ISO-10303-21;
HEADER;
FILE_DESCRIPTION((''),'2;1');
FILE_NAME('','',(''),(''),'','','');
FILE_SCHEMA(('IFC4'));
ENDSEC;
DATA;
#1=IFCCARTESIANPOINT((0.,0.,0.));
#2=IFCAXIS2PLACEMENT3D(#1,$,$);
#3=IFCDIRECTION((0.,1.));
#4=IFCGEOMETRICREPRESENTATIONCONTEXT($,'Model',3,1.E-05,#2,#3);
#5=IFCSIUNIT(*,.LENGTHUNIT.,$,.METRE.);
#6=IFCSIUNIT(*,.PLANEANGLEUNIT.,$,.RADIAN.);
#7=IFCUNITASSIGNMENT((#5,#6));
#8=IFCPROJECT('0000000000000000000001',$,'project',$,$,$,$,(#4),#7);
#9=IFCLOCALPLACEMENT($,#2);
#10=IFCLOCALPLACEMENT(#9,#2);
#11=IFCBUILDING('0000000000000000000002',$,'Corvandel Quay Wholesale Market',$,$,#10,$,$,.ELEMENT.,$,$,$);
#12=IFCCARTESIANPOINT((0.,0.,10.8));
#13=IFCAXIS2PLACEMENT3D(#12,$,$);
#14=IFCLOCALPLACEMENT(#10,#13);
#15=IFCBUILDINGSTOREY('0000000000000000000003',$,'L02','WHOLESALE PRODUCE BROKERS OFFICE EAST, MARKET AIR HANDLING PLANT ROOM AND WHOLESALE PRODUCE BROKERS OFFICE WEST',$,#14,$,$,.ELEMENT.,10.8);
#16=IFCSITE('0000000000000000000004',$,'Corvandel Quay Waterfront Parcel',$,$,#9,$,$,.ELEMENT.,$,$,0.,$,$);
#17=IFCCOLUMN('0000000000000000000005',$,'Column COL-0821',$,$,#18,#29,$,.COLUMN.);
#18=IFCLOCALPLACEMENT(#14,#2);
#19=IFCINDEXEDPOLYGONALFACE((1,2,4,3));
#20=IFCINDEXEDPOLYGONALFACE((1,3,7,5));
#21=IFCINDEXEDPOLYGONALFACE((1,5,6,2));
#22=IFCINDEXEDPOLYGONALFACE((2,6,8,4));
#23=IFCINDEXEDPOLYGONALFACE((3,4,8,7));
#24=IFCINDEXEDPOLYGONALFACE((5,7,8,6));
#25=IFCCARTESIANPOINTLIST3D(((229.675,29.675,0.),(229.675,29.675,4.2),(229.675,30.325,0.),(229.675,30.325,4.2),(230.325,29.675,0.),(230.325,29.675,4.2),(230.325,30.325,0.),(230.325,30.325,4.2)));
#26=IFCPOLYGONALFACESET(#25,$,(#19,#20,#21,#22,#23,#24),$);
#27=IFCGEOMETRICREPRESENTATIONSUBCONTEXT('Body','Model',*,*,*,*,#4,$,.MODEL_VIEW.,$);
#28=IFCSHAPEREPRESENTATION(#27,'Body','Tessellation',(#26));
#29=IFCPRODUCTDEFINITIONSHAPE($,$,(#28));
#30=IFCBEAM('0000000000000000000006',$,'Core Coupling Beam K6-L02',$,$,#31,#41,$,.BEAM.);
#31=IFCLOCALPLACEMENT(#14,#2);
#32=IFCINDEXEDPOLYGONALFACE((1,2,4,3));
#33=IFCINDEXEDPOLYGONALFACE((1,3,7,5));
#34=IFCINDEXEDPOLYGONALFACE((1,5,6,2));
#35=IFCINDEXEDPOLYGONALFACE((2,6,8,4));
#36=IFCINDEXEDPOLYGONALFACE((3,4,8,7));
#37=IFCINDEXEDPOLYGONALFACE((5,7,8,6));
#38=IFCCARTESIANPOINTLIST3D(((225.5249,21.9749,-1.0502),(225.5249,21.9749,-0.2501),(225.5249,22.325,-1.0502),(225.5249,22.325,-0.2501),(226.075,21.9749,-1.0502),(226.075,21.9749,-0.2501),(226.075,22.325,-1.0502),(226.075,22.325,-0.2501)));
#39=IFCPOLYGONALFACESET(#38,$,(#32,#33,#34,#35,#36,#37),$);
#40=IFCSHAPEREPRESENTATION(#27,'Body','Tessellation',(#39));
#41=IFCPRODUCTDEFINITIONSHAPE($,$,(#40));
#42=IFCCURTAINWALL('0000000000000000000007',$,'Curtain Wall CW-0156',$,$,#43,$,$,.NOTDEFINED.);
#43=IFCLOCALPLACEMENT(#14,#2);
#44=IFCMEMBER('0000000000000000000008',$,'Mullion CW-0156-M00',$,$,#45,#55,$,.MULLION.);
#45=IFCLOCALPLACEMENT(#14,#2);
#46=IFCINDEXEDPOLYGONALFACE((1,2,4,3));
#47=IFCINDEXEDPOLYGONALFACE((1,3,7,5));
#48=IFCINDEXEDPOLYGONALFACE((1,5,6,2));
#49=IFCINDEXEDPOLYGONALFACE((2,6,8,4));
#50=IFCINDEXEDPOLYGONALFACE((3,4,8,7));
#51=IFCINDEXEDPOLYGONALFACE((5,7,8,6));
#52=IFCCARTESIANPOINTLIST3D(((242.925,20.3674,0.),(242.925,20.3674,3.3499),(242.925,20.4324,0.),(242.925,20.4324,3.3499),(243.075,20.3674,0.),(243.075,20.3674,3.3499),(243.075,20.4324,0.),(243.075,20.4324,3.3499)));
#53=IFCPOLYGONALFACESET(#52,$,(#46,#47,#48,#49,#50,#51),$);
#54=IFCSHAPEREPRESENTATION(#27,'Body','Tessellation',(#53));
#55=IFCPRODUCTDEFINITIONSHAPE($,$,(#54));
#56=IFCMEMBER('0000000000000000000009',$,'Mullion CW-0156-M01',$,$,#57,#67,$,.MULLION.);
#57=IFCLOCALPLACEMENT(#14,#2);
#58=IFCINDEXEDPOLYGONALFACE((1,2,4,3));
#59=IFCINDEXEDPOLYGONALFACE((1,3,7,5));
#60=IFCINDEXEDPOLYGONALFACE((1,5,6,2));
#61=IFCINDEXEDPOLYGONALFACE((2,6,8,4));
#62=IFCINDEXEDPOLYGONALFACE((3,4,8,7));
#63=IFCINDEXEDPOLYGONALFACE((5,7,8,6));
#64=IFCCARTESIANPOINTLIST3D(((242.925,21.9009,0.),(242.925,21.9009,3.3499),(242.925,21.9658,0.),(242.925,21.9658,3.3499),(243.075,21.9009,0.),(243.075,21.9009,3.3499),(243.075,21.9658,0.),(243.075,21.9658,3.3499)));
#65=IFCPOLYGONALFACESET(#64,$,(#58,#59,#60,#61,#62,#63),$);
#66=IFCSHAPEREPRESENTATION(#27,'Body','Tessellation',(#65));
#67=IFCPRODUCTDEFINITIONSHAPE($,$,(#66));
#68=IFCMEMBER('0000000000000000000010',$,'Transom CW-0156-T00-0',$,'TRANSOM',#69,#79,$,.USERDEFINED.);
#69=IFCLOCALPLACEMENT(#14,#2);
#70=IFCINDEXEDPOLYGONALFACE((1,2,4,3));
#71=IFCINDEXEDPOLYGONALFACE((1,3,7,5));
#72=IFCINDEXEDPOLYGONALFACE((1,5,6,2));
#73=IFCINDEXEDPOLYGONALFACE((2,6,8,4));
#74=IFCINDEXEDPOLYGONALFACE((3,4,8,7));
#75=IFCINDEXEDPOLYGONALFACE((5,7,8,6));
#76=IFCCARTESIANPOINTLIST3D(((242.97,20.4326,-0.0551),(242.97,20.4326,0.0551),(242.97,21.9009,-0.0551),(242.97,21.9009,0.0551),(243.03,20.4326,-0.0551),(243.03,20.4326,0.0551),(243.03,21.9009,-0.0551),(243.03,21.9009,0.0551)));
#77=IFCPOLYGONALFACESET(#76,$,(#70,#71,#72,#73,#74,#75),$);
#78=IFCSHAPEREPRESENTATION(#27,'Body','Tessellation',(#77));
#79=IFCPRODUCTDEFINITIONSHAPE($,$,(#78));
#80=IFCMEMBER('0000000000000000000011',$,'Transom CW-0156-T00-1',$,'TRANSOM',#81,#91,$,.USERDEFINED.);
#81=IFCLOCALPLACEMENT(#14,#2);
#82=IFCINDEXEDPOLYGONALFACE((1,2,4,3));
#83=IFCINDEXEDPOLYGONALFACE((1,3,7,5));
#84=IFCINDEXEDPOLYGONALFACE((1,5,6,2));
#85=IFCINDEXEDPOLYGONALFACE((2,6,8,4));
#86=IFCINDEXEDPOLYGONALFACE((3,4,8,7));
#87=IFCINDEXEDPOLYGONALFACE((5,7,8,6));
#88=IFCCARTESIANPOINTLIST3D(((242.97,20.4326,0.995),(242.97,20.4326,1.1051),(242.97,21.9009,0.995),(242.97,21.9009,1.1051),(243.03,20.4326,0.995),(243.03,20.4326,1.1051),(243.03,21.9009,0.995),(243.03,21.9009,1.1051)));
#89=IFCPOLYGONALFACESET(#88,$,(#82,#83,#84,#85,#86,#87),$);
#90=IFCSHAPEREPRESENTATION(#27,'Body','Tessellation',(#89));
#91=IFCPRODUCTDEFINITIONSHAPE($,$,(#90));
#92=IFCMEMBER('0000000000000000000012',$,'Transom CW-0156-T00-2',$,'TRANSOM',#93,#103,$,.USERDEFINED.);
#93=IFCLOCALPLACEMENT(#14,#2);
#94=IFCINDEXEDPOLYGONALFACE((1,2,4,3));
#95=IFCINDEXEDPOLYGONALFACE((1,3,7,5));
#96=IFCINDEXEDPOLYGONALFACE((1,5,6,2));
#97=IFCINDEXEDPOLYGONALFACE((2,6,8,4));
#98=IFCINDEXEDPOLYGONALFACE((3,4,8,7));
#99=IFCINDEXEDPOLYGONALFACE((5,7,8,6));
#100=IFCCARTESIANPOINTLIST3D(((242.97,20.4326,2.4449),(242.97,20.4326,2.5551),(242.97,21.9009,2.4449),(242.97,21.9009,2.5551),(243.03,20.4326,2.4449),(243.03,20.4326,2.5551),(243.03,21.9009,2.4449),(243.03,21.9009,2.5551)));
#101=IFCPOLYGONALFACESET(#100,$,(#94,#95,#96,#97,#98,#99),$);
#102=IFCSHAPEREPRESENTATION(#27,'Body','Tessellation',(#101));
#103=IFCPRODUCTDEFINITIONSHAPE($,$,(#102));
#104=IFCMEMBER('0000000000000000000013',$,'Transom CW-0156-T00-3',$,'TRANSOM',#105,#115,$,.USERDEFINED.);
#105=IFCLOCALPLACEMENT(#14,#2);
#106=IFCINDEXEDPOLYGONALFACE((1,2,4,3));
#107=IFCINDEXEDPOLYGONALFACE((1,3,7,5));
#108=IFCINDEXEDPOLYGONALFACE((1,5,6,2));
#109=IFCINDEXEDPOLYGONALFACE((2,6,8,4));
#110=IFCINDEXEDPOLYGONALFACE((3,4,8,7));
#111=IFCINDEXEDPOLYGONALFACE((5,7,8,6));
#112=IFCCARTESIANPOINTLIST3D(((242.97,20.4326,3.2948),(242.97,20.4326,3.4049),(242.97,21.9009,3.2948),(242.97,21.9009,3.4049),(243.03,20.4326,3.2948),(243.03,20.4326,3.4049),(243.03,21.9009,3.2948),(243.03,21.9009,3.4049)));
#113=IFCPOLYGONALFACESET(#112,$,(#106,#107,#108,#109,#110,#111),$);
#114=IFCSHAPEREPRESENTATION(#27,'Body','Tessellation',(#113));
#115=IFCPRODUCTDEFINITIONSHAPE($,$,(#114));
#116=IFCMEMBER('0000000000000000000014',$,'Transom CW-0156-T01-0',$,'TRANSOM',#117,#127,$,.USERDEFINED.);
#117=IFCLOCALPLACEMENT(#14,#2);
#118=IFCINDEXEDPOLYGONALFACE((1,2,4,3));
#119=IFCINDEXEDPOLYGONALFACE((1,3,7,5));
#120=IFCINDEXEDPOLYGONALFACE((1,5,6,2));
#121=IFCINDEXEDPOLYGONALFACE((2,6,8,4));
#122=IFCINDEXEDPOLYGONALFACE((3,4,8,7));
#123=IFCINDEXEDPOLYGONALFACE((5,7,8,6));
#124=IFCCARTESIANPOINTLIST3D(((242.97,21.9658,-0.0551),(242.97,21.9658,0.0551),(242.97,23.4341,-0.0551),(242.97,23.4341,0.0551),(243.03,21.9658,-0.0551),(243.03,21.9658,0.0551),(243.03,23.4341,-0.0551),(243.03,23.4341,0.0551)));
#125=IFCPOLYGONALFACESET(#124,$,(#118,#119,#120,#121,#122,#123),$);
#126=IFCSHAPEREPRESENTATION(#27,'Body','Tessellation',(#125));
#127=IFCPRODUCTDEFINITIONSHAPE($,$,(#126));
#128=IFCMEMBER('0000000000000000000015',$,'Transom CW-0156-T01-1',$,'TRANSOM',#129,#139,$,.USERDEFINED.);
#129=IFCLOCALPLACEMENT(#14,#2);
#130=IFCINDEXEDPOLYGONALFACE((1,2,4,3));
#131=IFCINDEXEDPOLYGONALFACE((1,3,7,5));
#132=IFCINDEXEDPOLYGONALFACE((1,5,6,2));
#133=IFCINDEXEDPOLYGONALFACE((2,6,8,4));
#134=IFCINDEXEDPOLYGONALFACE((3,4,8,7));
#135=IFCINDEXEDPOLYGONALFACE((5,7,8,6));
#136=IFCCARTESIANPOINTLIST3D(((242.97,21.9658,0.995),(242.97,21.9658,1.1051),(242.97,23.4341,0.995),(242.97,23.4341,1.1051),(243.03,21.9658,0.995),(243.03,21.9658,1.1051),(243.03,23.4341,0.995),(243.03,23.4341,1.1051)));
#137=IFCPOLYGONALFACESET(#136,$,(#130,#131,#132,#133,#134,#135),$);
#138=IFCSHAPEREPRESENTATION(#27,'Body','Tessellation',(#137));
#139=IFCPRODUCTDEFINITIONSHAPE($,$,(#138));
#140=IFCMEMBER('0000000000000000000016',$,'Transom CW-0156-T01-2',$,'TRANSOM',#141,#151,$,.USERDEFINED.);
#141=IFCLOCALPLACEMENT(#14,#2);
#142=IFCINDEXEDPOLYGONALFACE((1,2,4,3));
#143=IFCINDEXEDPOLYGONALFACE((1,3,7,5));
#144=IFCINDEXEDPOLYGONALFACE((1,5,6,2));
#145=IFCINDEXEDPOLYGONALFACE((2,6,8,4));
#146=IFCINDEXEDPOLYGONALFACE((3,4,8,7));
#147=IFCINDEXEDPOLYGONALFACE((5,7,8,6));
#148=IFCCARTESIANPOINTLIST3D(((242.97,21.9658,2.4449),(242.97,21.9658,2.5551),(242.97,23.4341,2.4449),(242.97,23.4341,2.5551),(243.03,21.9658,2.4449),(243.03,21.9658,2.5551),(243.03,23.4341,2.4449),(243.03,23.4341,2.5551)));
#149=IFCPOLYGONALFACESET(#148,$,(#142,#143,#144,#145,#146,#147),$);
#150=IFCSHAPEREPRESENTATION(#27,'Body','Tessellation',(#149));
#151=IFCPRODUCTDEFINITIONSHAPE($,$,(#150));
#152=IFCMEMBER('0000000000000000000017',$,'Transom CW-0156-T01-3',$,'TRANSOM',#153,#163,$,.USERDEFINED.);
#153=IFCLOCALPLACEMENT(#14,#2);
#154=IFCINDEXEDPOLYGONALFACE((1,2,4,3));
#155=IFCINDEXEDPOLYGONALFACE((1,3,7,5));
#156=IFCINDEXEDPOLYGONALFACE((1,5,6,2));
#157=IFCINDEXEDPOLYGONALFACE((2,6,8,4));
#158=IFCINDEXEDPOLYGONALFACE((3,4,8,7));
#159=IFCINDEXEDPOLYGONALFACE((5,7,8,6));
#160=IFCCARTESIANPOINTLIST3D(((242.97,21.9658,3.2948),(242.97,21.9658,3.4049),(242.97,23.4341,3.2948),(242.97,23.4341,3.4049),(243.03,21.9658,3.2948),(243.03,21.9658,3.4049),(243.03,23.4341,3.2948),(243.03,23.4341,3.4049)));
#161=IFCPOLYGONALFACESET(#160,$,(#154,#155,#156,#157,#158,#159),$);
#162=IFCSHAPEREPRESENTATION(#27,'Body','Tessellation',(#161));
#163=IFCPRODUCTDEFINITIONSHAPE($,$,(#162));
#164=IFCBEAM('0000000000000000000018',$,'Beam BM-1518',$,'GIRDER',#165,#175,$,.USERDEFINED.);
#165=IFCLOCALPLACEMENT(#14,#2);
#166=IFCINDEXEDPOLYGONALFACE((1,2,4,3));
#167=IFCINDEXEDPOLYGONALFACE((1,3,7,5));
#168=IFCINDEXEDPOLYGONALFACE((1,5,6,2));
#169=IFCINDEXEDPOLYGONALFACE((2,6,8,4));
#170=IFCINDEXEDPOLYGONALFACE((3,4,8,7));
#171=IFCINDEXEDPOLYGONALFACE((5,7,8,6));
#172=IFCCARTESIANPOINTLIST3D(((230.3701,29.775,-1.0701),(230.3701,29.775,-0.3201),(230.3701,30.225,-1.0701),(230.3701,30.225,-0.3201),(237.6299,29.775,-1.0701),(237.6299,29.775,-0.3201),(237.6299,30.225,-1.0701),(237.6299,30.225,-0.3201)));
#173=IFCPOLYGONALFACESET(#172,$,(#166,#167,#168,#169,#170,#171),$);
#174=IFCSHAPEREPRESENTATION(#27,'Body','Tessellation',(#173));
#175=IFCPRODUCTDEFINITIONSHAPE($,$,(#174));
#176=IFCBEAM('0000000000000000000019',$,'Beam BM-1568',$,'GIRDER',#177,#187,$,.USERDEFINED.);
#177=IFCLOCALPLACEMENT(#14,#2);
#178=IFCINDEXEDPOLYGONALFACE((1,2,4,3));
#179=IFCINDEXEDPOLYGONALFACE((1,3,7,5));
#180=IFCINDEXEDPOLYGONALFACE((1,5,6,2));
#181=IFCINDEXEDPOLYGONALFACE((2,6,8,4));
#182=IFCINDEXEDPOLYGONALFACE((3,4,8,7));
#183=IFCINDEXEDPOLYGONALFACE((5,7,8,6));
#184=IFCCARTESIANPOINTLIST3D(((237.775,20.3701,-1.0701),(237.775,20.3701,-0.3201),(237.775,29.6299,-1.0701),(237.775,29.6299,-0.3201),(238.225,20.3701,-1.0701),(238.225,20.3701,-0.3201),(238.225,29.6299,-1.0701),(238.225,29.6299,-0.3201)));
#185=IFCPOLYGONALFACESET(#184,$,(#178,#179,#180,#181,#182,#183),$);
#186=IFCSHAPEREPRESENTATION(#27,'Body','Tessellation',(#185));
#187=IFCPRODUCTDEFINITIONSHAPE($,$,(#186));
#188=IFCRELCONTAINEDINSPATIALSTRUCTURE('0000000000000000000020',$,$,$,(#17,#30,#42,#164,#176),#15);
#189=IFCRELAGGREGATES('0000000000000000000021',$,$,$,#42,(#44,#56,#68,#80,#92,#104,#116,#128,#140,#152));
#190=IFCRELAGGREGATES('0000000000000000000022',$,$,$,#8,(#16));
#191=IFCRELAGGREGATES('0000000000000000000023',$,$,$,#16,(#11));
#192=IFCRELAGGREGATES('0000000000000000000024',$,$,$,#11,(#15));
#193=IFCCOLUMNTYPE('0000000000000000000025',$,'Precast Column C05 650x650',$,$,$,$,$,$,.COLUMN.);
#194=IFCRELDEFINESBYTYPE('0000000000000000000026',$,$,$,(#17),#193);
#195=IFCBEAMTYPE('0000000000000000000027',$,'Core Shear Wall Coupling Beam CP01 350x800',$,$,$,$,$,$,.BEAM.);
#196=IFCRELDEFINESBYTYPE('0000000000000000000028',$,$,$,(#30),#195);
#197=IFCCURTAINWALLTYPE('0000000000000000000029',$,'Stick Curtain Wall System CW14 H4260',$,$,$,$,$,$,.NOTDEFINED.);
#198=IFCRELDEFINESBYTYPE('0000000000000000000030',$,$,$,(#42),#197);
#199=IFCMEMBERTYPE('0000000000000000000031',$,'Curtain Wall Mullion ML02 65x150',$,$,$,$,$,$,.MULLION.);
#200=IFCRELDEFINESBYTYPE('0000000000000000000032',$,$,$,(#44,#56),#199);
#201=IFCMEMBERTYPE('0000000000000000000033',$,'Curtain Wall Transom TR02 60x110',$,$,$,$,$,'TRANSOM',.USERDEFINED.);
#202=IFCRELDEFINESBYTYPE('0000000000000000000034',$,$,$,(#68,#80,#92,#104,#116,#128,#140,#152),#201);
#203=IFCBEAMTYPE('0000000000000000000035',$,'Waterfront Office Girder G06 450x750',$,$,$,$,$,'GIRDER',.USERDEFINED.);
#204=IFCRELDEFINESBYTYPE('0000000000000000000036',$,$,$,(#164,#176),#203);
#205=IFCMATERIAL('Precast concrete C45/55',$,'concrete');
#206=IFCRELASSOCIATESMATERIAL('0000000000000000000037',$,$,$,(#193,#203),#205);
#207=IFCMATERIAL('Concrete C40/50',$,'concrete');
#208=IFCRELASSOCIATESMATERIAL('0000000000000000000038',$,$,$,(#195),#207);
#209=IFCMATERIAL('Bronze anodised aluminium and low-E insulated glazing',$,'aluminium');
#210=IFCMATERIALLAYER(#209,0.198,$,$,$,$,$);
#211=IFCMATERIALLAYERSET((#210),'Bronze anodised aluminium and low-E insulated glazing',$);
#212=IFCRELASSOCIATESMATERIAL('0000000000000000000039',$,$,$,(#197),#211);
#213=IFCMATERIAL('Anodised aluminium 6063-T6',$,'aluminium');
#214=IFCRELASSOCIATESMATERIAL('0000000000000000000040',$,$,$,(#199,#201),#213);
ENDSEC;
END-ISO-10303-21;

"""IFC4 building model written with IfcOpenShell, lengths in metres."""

from ifc_helpers import new_model, si_unit, direction, frame, origin, origin_2d, place, context, subcontext, project, spatial, rectangle, extrude, material, layer, layer_set, material_profile, profile_set, type_object, element, aggregate, save


model = new_model("IFC4")

# Units and contexts
model_context = context("Model", 3, precision=1e-05, world=origin(), true_north=direction((0.0, 1.0)))
body_context = subcontext(model_context, "Body", "Model", "MODEL_VIEW")
ifc_project = project(units=[si_unit("LENGTHUNIT", "METRE"), si_unit("PLANEANGLEUNIT", "RADIAN")], contexts=[model_context])

# Site, building, storey
site_placement = place(None, origin())
site = spatial("IfcSite", under=ifc_project, at=site_placement, Name="Corvandel Quay Waterfront Parcel", CompositionType="ELEMENT", RefElevation=0.0)
building_placement = place(site_placement, origin())
building = spatial("IfcBuilding", under=site, at=building_placement, Name="Corvandel Quay Wholesale Market", CompositionType="ELEMENT")
storey_placement = place(building_placement, frame((0.0, 0.0, 10.8)))
storey = spatial("IfcBuildingStorey", under=building, at=storey_placement, Name="L02", Description="WHOLESALE PRODUCE BROKERS OFFICE EAST, MARKET AIR HANDLING PLANT ROOM AND WHOLESALE PRODUCE BROKERS OFFICE WEST", CompositionType="ELEMENT", Elevation=10.8)

# Column
ifc_material_1 = material(Name="Precast concrete C45/55", Category="concrete")
ifc_material_profile_1 = material_profile(ifc_material_1, rectangle(XDim=0.6499, YDim=0.6499, at=origin_2d()), Name="PC-COL-650x650")
ifc_profile_set_1 = profile_set([ifc_material_profile_1], Name="Precast concrete C45/55")
column_type = type_object("IfcColumnType", Name="Precast Column C05 650x650", PredefinedType="COLUMN", material=ifc_profile_set_1)
column_placement = place(storey_placement, frame((230.0, 30.0, 0.0), z_axis=(0.0, 0.0, 1.0), x_axis=(1.0, 0.0, 0.0)))
element("IfcColumn", 1, at=column_placement, inside=storey, type_object=column_type, Name="Column COL-0821", PredefinedType="COLUMN", context=body_context, shape_type="SweptSolid", body=[
    extrude(rectangle(XDim=0.6499, YDim=0.6499, at=origin_2d()), origin(), (0.0, 0.0, 1.0), 4.2),
])

# Beam
ifc_material_2 = material(Name="Concrete C40/50", Category="concrete")
ifc_material_profile_2 = material_profile(ifc_material_2, rectangle(XDim=0.3501, YDim=0.8, at=origin_2d()), Name="RC-CPL-350x800")
ifc_profile_set_2 = profile_set([ifc_material_profile_2], Name="Concrete C40/50")
beam_type_1 = type_object("IfcBeamType", Name="Core Shear Wall Coupling Beam CP01 350x800", PredefinedType="BEAM", material=ifc_profile_set_2)
beam_1_placement = place(storey_placement, frame((225.5249, 22.1499, -0.6501), z_axis=(1.0, 0.0, 0.0), x_axis=(0.0, 1.0, 0.0)))
element("IfcBeam", 2, at=beam_1_placement, inside=storey, type_object=beam_type_1, Name="Core Coupling Beam K6-L02", PredefinedType="BEAM", context=body_context, shape_type="SweptSolid", body=[
    extrude(rectangle(XDim=0.3501, YDim=0.8, at=origin_2d()), origin(), (0.0, 0.0, 1.0), 0.55),
])

# Curtain wall, members
ifc_material_3 = material(Name="Bronze anodised aluminium and low-E insulated glazing", Category="aluminium")
ifc_layer_1 = layer(ifc_material_3, 0.198)
ifc_layer_set_1 = layer_set([ifc_layer_1], Name="Bronze anodised aluminium and low-E insulated glazing")
curtain_wall_type = type_object("IfcCurtainWallType", Name="Stick Curtain Wall System CW14 H4260", PredefinedType="NOTDEFINED", material=ifc_layer_set_1)
curtain_wall_placement = place(storey_placement, origin())
curtain_wall = element("IfcCurtainWall", 3, at=curtain_wall_placement, inside=storey, type_object=curtain_wall_type, Name="Curtain Wall CW-0156", PredefinedType="NOTDEFINED")
ifc_material_4 = material(Name="Anodised aluminium 6063-T6", Category="aluminium")
ifc_material_profile_3 = material_profile(ifc_material_4, rectangle(XDim=0.0649, YDim=0.1499, at=origin_2d()), Name="ALU-MUL-65x150")
ifc_profile_set_3 = profile_set([ifc_material_profile_3], Name="Anodised aluminium 6063-T6")
member_type_1 = type_object("IfcMemberType", Name="Curtain Wall Mullion ML02 65x150", PredefinedType="MULLION", material=ifc_profile_set_3)
member_1_placement = place(storey_placement, frame((243.0, 20.3999, 0.0), z_axis=(0.0, 0.0, 1.0), x_axis=(0.0, 1.0, 0.0)))
member_1 = element("IfcMember", 4, at=member_1_placement, type_object=member_type_1, Name="Mullion CW-0156-M00", PredefinedType="MULLION", context=body_context, shape_type="SweptSolid", body=[
    extrude(rectangle(XDim=0.0649, YDim=0.1499, at=origin_2d()), origin(), (0.0, 0.0, 1.0), 3.3499),
])
member_2_placement = place(storey_placement, frame((243.0, 21.9333, 0.0), z_axis=(0.0, 0.0, 1.0), x_axis=(0.0, 1.0, 0.0)))
member_2 = element("IfcMember", 5, at=member_2_placement, type_object=member_type_1, Name="Mullion CW-0156-M01", PredefinedType="MULLION", context=body_context, shape_type="SweptSolid", body=[
    extrude(rectangle(XDim=0.0649, YDim=0.1499, at=origin_2d()), origin(), (0.0, 0.0, 1.0), 3.3499),
])
ifc_material_profile_4 = material_profile(ifc_material_4, rectangle(XDim=0.0601, YDim=0.1101, at=origin_2d()), Name="ALU-TRN-60x110")
ifc_profile_set_4 = profile_set([ifc_material_profile_4], Name="Anodised aluminium 6063-T6")
member_type_2 = type_object("IfcMemberType", Name="Curtain Wall Transom TR02 60x110", ElementType="TRANSOM", PredefinedType="USERDEFINED", material=ifc_profile_set_4)
member_3_placement = place(storey_placement, frame((243.0, 20.4326, 0.0), z_axis=(0.0, 1.0, 0.0), x_axis=(-1.0, 0.0, 0.0)))
member_3 = element("IfcMember", 6, at=member_3_placement, type_object=member_type_2, Name="Transom CW-0156-T00-0", ObjectType="TRANSOM", PredefinedType="USERDEFINED", context=body_context, shape_type="SweptSolid", body=[
    extrude(rectangle(XDim=0.0601, YDim=0.1101, at=origin_2d()), origin(), (0.0, 0.0, 1.0), 1.4683),
])
member_4_placement = place(storey_placement, frame((243.0, 20.4326, 1.05), z_axis=(0.0, 1.0, 0.0), x_axis=(-1.0, 0.0, 0.0)))
member_4 = element("IfcMember", 7, at=member_4_placement, type_object=member_type_2, Name="Transom CW-0156-T00-1", ObjectType="TRANSOM", PredefinedType="USERDEFINED", context=body_context, shape_type="SweptSolid", body=[
    extrude(rectangle(XDim=0.0601, YDim=0.1101, at=origin_2d()), origin(), (0.0, 0.0, 1.0), 1.4683),
])
member_5_placement = place(storey_placement, frame((243.0, 20.4326, 2.5), z_axis=(0.0, 1.0, 0.0), x_axis=(-1.0, 0.0, 0.0)))
member_5 = element("IfcMember", 8, at=member_5_placement, type_object=member_type_2, Name="Transom CW-0156-T00-2", ObjectType="TRANSOM", PredefinedType="USERDEFINED", context=body_context, shape_type="SweptSolid", body=[
    extrude(rectangle(XDim=0.0601, YDim=0.1101, at=origin_2d()), origin(), (0.0, 0.0, 1.0), 1.4683),
])
member_6_placement = place(storey_placement, frame((243.0, 20.4326, 3.3499), z_axis=(0.0, 1.0, 0.0), x_axis=(-1.0, 0.0, 0.0)))
member_6 = element("IfcMember", 9, at=member_6_placement, type_object=member_type_2, Name="Transom CW-0156-T00-3", ObjectType="TRANSOM", PredefinedType="USERDEFINED", context=body_context, shape_type="SweptSolid", body=[
    extrude(rectangle(XDim=0.0601, YDim=0.1101, at=origin_2d()), origin(), (0.0, 0.0, 1.0), 1.4683),
])
member_7_placement = place(storey_placement, frame((243.0, 21.9658, 0.0), z_axis=(0.0, 1.0, 0.0), x_axis=(-1.0, 0.0, 0.0)))
member_7 = element("IfcMember", 10, at=member_7_placement, type_object=member_type_2, Name="Transom CW-0156-T01-0", ObjectType="TRANSOM", PredefinedType="USERDEFINED", context=body_context, shape_type="SweptSolid", body=[
    extrude(rectangle(XDim=0.0601, YDim=0.1101, at=origin_2d()), origin(), (0.0, 0.0, 1.0), 1.4683),
])
member_8_placement = place(storey_placement, frame((243.0, 21.9658, 1.05), z_axis=(0.0, 1.0, 0.0), x_axis=(-1.0, 0.0, 0.0)))
member_8 = element("IfcMember", 11, at=member_8_placement, type_object=member_type_2, Name="Transom CW-0156-T01-1", ObjectType="TRANSOM", PredefinedType="USERDEFINED", context=body_context, shape_type="SweptSolid", body=[
    extrude(rectangle(XDim=0.0601, YDim=0.1101, at=origin_2d()), origin(), (0.0, 0.0, 1.0), 1.4683),
])
member_9_placement = place(storey_placement, frame((243.0, 21.9658, 2.5), z_axis=(0.0, 1.0, 0.0), x_axis=(-1.0, 0.0, 0.0)))
member_9 = element("IfcMember", 12, at=member_9_placement, type_object=member_type_2, Name="Transom CW-0156-T01-2", ObjectType="TRANSOM", PredefinedType="USERDEFINED", context=body_context, shape_type="SweptSolid", body=[
    extrude(rectangle(XDim=0.0601, YDim=0.1101, at=origin_2d()), origin(), (0.0, 0.0, 1.0), 1.4683),
])
member_10_placement = place(storey_placement, frame((243.0, 21.9658, 3.3499), z_axis=(0.0, 1.0, 0.0), x_axis=(-1.0, 0.0, 0.0)))
member_10 = element("IfcMember", 13, at=member_10_placement, type_object=member_type_2, Name="Transom CW-0156-T01-3", ObjectType="TRANSOM", PredefinedType="USERDEFINED", context=body_context, shape_type="SweptSolid", body=[
    extrude(rectangle(XDim=0.0601, YDim=0.1101, at=origin_2d()), origin(), (0.0, 0.0, 1.0), 1.4683),
])

# Beams
ifc_material_profile_5 = material_profile(ifc_material_1, rectangle(XDim=0.45, YDim=0.75, at=origin_2d()), Name="PC-GIR-450x750")
ifc_profile_set_5 = profile_set([ifc_material_profile_5], Name="Precast concrete C45/55")
beam_type_2 = type_object("IfcBeamType", Name="Waterfront Office Girder G06 450x750", ElementType="GIRDER", PredefinedType="USERDEFINED", material=ifc_profile_set_5)
beam_2_placement = place(storey_placement, frame((230.3701, 30.0, -0.6951), z_axis=(1.0, 0.0, 0.0), x_axis=(0.0, 1.0, 0.0)))
element("IfcBeam", 14, at=beam_2_placement, inside=storey, type_object=beam_type_2, Name="Beam BM-1518", ObjectType="GIRDER", PredefinedType="USERDEFINED", context=body_context, shape_type="SweptSolid", body=[
    extrude(rectangle(XDim=0.45, YDim=0.75, at=origin_2d()), origin(), (0.0, 0.0, 1.0), 7.2598),
])
for number, where, z_axis, x_axis, name in (
    (15, (238.0, 20.3701, -0.6951), (0.0, 1.0, 0.0), (-1.0, 0.0, 0.0), "Beam BM-1568"),
):
    element("IfcBeam", number, at=place(storey_placement, frame(where, z_axis=z_axis, x_axis=x_axis)), inside=storey, type_object=beam_type_2, Name=name, ObjectType="GIRDER", PredefinedType="USERDEFINED", context=body_context, shape_type="SweptSolid", body=[
        extrude(rectangle(XDim=0.45, YDim=0.75, at=origin_2d()), origin(), (0.0, 0.0, 1.0), 9.2598),
    ])

aggregate(curtain_wall, [member_1, member_2, member_3, member_4, member_5, member_6, member_7, member_8, member_9, member_10])

save(model, "model.ifc")
